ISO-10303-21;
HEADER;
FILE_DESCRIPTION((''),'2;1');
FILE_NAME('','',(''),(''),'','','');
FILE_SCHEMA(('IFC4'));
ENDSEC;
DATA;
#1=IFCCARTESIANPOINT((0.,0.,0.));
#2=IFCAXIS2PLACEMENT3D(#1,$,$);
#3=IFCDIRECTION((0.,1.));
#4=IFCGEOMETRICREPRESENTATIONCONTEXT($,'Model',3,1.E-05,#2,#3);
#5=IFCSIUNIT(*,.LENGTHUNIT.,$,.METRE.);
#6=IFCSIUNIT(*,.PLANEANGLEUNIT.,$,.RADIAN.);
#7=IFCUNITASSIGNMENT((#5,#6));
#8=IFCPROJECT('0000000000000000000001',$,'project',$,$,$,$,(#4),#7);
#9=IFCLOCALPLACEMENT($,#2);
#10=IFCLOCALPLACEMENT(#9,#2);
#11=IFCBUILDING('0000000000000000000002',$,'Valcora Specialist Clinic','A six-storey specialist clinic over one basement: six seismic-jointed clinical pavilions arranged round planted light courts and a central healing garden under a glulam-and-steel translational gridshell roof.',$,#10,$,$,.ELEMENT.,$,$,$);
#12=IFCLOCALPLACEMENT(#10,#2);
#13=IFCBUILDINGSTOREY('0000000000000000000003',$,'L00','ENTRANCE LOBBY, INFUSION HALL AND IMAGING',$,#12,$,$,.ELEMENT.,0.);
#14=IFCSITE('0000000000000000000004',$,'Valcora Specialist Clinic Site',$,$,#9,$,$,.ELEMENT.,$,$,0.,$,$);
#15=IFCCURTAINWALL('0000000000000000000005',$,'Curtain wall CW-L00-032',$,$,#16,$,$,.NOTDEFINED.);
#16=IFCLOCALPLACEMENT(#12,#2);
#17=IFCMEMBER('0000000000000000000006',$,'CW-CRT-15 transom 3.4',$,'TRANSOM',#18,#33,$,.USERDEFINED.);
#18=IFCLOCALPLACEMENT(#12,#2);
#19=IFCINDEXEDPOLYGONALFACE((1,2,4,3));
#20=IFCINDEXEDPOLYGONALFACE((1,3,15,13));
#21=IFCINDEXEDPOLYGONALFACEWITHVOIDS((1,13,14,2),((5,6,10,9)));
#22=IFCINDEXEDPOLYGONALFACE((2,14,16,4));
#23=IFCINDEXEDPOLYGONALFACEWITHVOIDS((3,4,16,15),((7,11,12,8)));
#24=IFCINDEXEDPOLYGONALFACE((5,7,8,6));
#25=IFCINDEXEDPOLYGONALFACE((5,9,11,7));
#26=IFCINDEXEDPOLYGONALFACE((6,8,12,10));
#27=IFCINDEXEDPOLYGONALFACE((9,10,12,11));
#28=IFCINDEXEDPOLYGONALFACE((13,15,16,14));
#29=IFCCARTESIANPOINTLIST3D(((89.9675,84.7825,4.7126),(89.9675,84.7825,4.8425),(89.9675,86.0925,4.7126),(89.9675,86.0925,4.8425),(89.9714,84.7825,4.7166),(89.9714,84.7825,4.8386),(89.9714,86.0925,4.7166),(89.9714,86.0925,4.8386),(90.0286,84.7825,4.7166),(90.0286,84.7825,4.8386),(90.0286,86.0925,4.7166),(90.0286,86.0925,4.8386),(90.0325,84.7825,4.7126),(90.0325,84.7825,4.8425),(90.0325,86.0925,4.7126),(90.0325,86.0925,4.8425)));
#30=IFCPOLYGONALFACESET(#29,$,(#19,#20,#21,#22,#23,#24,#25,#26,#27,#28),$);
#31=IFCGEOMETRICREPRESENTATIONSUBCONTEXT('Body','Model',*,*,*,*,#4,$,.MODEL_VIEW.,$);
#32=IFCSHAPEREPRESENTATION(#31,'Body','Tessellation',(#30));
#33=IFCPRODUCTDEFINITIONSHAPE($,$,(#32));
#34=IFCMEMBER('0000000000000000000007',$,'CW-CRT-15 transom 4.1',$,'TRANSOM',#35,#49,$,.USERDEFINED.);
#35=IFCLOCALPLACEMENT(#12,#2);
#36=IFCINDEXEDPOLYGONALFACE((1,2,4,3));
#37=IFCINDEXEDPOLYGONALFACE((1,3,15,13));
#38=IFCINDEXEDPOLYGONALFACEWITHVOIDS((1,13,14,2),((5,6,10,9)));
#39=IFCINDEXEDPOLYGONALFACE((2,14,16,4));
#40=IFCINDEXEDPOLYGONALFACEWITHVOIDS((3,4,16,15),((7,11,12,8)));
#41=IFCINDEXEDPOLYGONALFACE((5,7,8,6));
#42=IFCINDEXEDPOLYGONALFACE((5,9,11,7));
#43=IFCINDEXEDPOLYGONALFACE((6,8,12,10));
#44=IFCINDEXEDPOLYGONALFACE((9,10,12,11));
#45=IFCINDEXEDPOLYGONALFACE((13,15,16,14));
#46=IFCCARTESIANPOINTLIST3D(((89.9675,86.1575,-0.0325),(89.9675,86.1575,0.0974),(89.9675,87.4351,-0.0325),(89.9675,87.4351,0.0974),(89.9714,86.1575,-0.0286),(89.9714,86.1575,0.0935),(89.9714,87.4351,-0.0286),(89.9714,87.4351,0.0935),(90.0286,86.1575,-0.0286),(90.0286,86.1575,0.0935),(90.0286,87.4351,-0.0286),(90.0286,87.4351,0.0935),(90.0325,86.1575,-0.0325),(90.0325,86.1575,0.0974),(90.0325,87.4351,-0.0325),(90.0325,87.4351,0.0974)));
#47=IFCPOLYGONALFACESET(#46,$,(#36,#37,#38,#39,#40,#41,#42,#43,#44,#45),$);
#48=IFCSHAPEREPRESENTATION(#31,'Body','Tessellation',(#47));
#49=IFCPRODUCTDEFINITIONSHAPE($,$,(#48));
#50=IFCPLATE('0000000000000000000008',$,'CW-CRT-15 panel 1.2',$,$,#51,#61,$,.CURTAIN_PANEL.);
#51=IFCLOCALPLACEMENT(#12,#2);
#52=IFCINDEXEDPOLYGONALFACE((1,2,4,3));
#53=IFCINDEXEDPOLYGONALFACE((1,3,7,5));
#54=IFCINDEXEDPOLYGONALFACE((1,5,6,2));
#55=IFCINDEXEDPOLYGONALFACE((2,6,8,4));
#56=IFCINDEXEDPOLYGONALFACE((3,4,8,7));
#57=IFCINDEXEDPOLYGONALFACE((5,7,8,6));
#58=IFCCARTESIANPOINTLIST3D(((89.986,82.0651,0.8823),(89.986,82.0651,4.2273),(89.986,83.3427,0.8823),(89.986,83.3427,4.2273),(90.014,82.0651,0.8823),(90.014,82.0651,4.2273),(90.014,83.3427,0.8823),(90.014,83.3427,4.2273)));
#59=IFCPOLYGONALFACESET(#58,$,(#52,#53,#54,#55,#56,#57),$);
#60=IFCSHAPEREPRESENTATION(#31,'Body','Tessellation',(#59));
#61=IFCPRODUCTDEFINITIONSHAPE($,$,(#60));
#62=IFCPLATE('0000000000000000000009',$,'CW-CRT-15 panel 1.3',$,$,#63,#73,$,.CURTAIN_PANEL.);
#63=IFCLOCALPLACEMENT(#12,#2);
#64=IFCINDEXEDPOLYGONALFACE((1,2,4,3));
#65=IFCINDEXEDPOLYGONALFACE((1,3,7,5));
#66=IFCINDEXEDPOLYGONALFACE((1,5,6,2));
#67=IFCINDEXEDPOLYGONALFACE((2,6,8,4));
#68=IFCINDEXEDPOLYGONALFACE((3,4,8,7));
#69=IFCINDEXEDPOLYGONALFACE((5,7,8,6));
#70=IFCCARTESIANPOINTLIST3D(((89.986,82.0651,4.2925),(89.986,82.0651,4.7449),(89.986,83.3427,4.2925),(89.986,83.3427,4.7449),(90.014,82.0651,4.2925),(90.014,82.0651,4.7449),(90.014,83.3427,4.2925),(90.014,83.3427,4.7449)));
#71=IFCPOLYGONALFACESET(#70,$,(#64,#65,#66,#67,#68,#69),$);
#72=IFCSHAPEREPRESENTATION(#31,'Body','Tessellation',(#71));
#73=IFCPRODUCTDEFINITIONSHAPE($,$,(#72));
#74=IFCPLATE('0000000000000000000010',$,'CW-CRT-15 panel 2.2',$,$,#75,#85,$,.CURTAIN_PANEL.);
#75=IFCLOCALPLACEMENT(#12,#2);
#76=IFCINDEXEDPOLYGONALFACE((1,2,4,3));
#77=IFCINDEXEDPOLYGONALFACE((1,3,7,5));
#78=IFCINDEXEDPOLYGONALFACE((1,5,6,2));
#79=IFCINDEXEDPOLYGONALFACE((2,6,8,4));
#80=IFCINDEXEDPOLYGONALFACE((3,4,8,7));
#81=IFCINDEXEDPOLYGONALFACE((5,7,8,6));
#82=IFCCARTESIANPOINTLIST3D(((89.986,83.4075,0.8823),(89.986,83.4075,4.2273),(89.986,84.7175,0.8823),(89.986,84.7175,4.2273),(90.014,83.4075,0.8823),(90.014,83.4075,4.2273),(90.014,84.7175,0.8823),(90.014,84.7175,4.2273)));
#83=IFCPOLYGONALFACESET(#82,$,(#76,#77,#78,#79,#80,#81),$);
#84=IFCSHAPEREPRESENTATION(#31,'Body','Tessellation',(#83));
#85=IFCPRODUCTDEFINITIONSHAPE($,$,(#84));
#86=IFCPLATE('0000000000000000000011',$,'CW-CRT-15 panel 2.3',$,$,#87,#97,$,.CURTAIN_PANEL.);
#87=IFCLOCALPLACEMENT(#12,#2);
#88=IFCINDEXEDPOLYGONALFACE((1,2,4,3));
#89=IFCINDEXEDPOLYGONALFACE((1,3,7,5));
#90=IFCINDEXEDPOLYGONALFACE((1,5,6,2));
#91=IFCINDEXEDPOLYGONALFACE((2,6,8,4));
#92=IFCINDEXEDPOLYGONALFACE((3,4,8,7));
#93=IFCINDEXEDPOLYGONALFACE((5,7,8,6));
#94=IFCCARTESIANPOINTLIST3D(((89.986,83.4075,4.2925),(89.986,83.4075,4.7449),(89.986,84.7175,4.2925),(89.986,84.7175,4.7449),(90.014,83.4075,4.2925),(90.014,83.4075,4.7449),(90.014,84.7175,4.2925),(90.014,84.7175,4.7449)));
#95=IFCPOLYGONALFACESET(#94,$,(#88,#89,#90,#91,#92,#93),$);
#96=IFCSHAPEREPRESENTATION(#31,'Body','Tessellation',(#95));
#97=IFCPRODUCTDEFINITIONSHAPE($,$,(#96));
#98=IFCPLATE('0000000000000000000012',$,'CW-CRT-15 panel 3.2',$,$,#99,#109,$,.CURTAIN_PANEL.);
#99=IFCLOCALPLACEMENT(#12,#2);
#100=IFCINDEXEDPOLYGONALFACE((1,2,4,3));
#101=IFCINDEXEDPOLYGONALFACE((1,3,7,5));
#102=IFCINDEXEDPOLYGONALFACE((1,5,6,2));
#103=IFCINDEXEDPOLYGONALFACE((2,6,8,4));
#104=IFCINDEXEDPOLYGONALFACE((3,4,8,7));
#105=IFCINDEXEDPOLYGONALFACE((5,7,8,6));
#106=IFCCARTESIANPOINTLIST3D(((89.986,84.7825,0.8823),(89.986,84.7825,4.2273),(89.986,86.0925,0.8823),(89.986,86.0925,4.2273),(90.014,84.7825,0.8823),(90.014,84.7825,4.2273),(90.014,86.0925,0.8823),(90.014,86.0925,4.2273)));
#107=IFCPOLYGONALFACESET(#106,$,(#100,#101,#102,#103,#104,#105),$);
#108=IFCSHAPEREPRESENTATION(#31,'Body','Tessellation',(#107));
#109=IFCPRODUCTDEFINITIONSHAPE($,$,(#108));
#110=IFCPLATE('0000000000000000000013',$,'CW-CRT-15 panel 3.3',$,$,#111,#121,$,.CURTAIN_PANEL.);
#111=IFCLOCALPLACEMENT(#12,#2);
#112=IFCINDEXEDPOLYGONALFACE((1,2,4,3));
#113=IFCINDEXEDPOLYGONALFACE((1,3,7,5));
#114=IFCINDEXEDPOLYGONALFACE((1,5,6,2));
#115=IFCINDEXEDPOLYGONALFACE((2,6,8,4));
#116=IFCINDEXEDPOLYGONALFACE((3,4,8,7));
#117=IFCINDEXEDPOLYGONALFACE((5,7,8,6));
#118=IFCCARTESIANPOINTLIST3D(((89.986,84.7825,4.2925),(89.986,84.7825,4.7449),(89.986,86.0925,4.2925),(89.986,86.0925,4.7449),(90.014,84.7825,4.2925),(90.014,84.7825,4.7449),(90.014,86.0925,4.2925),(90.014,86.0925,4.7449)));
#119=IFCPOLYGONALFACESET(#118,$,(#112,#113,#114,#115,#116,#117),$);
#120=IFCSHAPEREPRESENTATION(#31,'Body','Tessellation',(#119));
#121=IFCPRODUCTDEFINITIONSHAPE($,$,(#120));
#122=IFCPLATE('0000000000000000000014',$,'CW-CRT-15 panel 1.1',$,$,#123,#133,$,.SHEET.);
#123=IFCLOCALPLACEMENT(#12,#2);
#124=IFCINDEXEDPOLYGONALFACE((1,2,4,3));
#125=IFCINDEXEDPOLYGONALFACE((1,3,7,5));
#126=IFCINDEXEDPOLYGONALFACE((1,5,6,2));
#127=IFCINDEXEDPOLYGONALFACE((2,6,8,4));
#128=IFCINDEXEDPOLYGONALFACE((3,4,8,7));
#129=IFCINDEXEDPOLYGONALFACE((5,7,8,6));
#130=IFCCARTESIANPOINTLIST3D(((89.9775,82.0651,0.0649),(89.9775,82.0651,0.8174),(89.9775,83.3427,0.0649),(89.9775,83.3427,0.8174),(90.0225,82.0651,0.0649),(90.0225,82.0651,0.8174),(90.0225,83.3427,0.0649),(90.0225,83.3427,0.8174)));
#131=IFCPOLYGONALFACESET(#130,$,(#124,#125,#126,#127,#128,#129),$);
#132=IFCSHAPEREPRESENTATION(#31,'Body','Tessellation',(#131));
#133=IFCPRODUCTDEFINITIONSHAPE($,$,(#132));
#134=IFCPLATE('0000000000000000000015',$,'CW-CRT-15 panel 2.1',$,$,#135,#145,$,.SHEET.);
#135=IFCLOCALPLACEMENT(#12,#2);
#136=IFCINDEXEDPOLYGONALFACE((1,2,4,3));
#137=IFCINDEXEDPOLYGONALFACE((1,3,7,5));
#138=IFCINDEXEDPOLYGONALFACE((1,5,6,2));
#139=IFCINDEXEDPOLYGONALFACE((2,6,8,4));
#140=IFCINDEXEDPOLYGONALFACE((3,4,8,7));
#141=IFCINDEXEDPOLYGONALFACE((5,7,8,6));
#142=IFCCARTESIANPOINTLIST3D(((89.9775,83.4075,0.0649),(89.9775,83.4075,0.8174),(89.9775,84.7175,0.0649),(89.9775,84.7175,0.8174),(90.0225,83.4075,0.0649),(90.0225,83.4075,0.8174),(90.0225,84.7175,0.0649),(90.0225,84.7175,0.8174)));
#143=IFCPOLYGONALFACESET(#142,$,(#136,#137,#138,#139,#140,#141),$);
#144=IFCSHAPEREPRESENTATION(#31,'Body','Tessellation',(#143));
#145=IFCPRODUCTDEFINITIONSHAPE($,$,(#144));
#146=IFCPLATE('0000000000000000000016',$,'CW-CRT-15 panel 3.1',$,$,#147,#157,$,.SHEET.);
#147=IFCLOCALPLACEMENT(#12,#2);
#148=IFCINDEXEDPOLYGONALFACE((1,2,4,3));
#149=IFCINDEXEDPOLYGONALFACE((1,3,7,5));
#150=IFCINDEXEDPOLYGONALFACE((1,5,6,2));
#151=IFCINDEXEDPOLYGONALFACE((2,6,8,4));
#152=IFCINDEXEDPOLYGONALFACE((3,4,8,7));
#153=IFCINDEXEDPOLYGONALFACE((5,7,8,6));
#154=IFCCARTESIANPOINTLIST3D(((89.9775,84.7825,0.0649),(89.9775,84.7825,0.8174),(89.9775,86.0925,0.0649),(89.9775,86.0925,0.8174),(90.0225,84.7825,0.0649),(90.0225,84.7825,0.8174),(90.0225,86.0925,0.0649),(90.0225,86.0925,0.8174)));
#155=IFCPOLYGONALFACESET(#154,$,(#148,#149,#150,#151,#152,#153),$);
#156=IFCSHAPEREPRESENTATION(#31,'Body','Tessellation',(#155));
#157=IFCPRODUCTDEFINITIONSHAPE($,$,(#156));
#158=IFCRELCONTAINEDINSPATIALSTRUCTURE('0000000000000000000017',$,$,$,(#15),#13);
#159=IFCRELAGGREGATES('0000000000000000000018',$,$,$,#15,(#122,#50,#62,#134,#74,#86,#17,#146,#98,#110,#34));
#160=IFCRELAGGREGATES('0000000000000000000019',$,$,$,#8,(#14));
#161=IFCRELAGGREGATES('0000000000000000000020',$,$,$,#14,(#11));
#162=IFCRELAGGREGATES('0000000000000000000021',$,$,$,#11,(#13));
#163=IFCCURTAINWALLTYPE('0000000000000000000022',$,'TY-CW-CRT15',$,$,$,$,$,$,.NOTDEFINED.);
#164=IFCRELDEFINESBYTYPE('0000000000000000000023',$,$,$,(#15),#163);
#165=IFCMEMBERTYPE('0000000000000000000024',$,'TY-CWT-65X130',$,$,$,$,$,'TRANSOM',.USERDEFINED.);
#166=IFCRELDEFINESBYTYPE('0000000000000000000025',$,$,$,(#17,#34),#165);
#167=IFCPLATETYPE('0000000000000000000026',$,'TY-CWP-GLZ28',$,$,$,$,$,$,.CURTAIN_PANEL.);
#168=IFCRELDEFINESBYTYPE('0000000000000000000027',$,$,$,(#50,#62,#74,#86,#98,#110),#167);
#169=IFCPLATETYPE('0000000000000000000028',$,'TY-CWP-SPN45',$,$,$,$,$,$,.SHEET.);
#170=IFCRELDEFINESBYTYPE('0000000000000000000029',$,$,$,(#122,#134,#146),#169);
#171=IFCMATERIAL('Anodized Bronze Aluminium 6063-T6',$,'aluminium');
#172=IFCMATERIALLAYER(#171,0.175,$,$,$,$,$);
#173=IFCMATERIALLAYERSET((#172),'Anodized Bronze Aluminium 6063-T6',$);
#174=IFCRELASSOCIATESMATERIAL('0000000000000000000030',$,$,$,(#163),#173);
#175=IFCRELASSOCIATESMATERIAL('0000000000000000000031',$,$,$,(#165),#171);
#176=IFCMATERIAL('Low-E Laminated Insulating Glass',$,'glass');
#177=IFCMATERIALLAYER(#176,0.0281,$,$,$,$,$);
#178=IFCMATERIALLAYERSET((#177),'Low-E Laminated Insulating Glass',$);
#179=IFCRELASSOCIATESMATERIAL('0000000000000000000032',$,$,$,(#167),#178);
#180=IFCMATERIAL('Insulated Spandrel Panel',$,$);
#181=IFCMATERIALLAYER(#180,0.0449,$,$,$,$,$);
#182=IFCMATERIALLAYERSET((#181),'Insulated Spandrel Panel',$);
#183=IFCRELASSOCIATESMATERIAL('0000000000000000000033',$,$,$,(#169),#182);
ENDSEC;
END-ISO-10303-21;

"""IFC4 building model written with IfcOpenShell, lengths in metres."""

from ifc_helpers import new_model, si_unit, direction, frame, origin, origin_2d, place, context, subcontext, project, spatial, rectangle, hollow_rectangle, extrude, material, layer, layer_set, material_profile, profile_set, type_object, element, aggregate, save


model = new_model("IFC4")

# Units and contexts
model_context = context("Model", 3, precision=1e-05, world=origin(), true_north=direction((0.0, 1.0)))
body_context = subcontext(model_context, "Body", "Model", "MODEL_VIEW")
ifc_project = project(units=[si_unit("LENGTHUNIT", "METRE"), si_unit("PLANEANGLEUNIT", "RADIAN")], contexts=[model_context])

# Site, building, storey
site_placement = place(None, origin())
site = spatial("IfcSite", under=ifc_project, at=site_placement, Name="Valcora Specialist Clinic Site", CompositionType="ELEMENT", RefElevation=0.0)
building_placement = place(site_placement, origin())
building = spatial("IfcBuilding", under=site, at=building_placement, Name="Valcora Specialist Clinic", Description="A six-storey specialist clinic over one basement: six seismic-jointed clinical pavilions arranged round planted light courts and a central healing garden under a glulam-and-steel translational gridshell roof.", CompositionType="ELEMENT")
storey_placement = place(building_placement, origin())
storey = spatial("IfcBuildingStorey", under=building, at=storey_placement, Name="L00", Description="ENTRANCE LOBBY, INFUSION HALL AND IMAGING", CompositionType="ELEMENT", Elevation=0.0)

# Curtain wall, members, plates
ifc_material_1 = material(Name="Anodized Bronze Aluminium 6063-T6", Category="aluminium")
ifc_layer_1 = layer(ifc_material_1, 0.175)
ifc_layer_set_1 = layer_set([ifc_layer_1], Name="Anodized Bronze Aluminium 6063-T6")
curtain_wall_type = type_object("IfcCurtainWallType", Name="TY-CW-CRT15", PredefinedType="NOTDEFINED", material=ifc_layer_set_1)
curtain_wall_placement = place(storey_placement, origin())
curtain_wall = element("IfcCurtainWall", 1, at=curtain_wall_placement, inside=storey, type_object=curtain_wall_type, Name="Curtain wall CW-L00-032", PredefinedType="NOTDEFINED")
ifc_material_profile_1 = material_profile(ifc_material_1, hollow_rectangle(XDim=0.0649, YDim=0.1299, WallThickness=0.0039, at=origin_2d()), Name="AL-TRN-65X130")
ifc_profile_set_1 = profile_set([ifc_material_profile_1], Name="Anodized Bronze Aluminium 6063-T6")
member_type_1 = type_object("IfcMemberType", Name="TY-CWT-65X130", ElementType="TRANSOM", PredefinedType="USERDEFINED", material=ifc_profile_set_1)
member_1_placement = place(storey_placement, frame((90.0, 84.7825, 4.7776), z_axis=(0.0, 1.0, 0.0), x_axis=(-1.0, 0.0, 0.0)))
member_1 = element("IfcMember", 2, at=member_1_placement, type_object=member_type_1, Name="CW-CRT-15 transom 3.4", ObjectType="TRANSOM", PredefinedType="USERDEFINED", context=body_context, shape_type="SweptSolid", body=[
    extrude(hollow_rectangle(XDim=0.0649, YDim=0.1299, WallThickness=0.0039, at=origin_2d()), origin(), (0.0, 0.0, 1.0), 1.3101),
])
member_2_placement = place(storey_placement, frame((90.0, 86.1575, 0.0325), z_axis=(0.0, 1.0, 0.0), x_axis=(-1.0, 0.0, 0.0)))
member_2 = element("IfcMember", 3, at=member_2_placement, type_object=member_type_1, Name="CW-CRT-15 transom 4.1", ObjectType="TRANSOM", PredefinedType="USERDEFINED", context=body_context, shape_type="SweptSolid", body=[
    extrude(hollow_rectangle(XDim=0.0649, YDim=0.1299, WallThickness=0.0039, at=origin_2d()), origin(), (0.0, 0.0, 1.0), 1.2776),
])
ifc_material_2 = material(Name="Low-E Laminated Insulating Glass", Category="glass")
ifc_layer_2 = layer(ifc_material_2, 0.0281)
ifc_layer_set_2 = layer_set([ifc_layer_2], Name="Low-E Laminated Insulating Glass")
plate_type_1 = type_object("IfcPlateType", Name="TY-CWP-GLZ28", PredefinedType="CURTAIN_PANEL", material=ifc_layer_set_2)
plate_1_placement = place(storey_placement, frame((90.0, 82.7039, 0.8823), z_axis=(0.0, 0.0, 1.0), x_axis=(0.0, 1.0, 0.0)))
plate_1 = element("IfcPlate", 4, at=plate_1_placement, type_object=plate_type_1, Name="CW-CRT-15 panel 1.2", PredefinedType="CURTAIN_PANEL", context=body_context, shape_type="SweptSolid", body=[
    extrude(rectangle(XDim=1.2776, YDim=0.0281, at=origin_2d()), origin(), (0.0, 0.0, 1.0), 3.345),
])
plate_2_placement = place(storey_placement, frame((90.0, 82.7039, 4.2925), z_axis=(0.0, 0.0, 1.0), x_axis=(0.0, 1.0, 0.0)))
plate_2 = element("IfcPlate", 5, at=plate_2_placement, type_object=plate_type_1, Name="CW-CRT-15 panel 1.3", PredefinedType="CURTAIN_PANEL", context=body_context, shape_type="SweptSolid", body=[
    extrude(rectangle(XDim=1.2776, YDim=0.0281, at=origin_2d()), origin(), (0.0, 0.0, 1.0), 0.4524),
])
plate_3_placement = place(storey_placement, frame((90.0, 84.0625, 0.8823), z_axis=(0.0, 0.0, 1.0), x_axis=(0.0, 1.0, 0.0)))
plate_3 = element("IfcPlate", 6, at=plate_3_placement, type_object=plate_type_1, Name="CW-CRT-15 panel 2.2", PredefinedType="CURTAIN_PANEL", context=body_context, shape_type="SweptSolid", body=[
    extrude(rectangle(XDim=1.3101, YDim=0.0281, at=origin_2d()), origin(), (0.0, 0.0, 1.0), 3.345),
])
plate_4_placement = place(storey_placement, frame((90.0, 84.0625, 4.2925), z_axis=(0.0, 0.0, 1.0), x_axis=(0.0, 1.0, 0.0)))
plate_4 = element("IfcPlate", 7, at=plate_4_placement, type_object=plate_type_1, Name="CW-CRT-15 panel 2.3", PredefinedType="CURTAIN_PANEL", context=body_context, shape_type="SweptSolid", body=[
    extrude(rectangle(XDim=1.3101, YDim=0.0281, at=origin_2d()), origin(), (0.0, 0.0, 1.0), 0.4524),
])
plate_5_placement = place(storey_placement, frame((90.0, 85.4375, 0.8823), z_axis=(0.0, 0.0, 1.0), x_axis=(0.0, 1.0, 0.0)))
plate_5 = element("IfcPlate", 8, at=plate_5_placement, type_object=plate_type_1, Name="CW-CRT-15 panel 3.2", PredefinedType="CURTAIN_PANEL", context=body_context, shape_type="SweptSolid", body=[
    extrude(rectangle(XDim=1.3101, YDim=0.0281, at=origin_2d()), origin(), (0.0, 0.0, 1.0), 3.345),
])
plate_6_placement = place(storey_placement, frame((90.0, 85.4375, 4.2925), z_axis=(0.0, 0.0, 1.0), x_axis=(0.0, 1.0, 0.0)))
plate_6 = element("IfcPlate", 9, at=plate_6_placement, type_object=plate_type_1, Name="CW-CRT-15 panel 3.3", PredefinedType="CURTAIN_PANEL", context=body_context, shape_type="SweptSolid", body=[
    extrude(rectangle(XDim=1.3101, YDim=0.0281, at=origin_2d()), origin(), (0.0, 0.0, 1.0), 0.4524),
])
ifc_material_3 = material(Name="Insulated Spandrel Panel")
ifc_layer_3 = layer(ifc_material_3, 0.0449)
ifc_layer_set_3 = layer_set([ifc_layer_3], Name="Insulated Spandrel Panel")
plate_type_2 = type_object("IfcPlateType", Name="TY-CWP-SPN45", PredefinedType="SHEET", material=ifc_layer_set_3)
plate_7_placement = place(storey_placement, frame((90.0, 82.7039, 0.0649), z_axis=(0.0, 0.0, 1.0), x_axis=(0.0, 1.0, 0.0)))
plate_7 = element("IfcPlate", 10, at=plate_7_placement, type_object=plate_type_2, Name="CW-CRT-15 panel 1.1", PredefinedType="SHEET", context=body_context, shape_type="SweptSolid", body=[
    extrude(rectangle(XDim=1.2776, YDim=0.0449, at=origin_2d()), origin(), (0.0, 0.0, 1.0), 0.7524),
])
plate_8_placement = place(storey_placement, frame((90.0, 84.0625, 0.0649), z_axis=(0.0, 0.0, 1.0), x_axis=(0.0, 1.0, 0.0)))
plate_8 = element("IfcPlate", 11, at=plate_8_placement, type_object=plate_type_2, Name="CW-CRT-15 panel 2.1", PredefinedType="SHEET", context=body_context, shape_type="SweptSolid", body=[
    extrude(rectangle(XDim=1.3101, YDim=0.0449, at=origin_2d()), origin(), (0.0, 0.0, 1.0), 0.7524),
])
plate_9_placement = place(storey_placement, frame((90.0, 85.4375, 0.0649), z_axis=(0.0, 0.0, 1.0), x_axis=(0.0, 1.0, 0.0)))
plate_9 = element("IfcPlate", 12, at=plate_9_placement, type_object=plate_type_2, Name="CW-CRT-15 panel 3.1", PredefinedType="SHEET", context=body_context, shape_type="SweptSolid", body=[
    extrude(rectangle(XDim=1.3101, YDim=0.0449, at=origin_2d()), origin(), (0.0, 0.0, 1.0), 0.7524),
])
aggregate(curtain_wall, [plate_7, plate_1, plate_2, plate_8, plate_3, plate_4, member_1, plate_9, plate_5, plate_6, member_2])

save(model, "model.ifc")
